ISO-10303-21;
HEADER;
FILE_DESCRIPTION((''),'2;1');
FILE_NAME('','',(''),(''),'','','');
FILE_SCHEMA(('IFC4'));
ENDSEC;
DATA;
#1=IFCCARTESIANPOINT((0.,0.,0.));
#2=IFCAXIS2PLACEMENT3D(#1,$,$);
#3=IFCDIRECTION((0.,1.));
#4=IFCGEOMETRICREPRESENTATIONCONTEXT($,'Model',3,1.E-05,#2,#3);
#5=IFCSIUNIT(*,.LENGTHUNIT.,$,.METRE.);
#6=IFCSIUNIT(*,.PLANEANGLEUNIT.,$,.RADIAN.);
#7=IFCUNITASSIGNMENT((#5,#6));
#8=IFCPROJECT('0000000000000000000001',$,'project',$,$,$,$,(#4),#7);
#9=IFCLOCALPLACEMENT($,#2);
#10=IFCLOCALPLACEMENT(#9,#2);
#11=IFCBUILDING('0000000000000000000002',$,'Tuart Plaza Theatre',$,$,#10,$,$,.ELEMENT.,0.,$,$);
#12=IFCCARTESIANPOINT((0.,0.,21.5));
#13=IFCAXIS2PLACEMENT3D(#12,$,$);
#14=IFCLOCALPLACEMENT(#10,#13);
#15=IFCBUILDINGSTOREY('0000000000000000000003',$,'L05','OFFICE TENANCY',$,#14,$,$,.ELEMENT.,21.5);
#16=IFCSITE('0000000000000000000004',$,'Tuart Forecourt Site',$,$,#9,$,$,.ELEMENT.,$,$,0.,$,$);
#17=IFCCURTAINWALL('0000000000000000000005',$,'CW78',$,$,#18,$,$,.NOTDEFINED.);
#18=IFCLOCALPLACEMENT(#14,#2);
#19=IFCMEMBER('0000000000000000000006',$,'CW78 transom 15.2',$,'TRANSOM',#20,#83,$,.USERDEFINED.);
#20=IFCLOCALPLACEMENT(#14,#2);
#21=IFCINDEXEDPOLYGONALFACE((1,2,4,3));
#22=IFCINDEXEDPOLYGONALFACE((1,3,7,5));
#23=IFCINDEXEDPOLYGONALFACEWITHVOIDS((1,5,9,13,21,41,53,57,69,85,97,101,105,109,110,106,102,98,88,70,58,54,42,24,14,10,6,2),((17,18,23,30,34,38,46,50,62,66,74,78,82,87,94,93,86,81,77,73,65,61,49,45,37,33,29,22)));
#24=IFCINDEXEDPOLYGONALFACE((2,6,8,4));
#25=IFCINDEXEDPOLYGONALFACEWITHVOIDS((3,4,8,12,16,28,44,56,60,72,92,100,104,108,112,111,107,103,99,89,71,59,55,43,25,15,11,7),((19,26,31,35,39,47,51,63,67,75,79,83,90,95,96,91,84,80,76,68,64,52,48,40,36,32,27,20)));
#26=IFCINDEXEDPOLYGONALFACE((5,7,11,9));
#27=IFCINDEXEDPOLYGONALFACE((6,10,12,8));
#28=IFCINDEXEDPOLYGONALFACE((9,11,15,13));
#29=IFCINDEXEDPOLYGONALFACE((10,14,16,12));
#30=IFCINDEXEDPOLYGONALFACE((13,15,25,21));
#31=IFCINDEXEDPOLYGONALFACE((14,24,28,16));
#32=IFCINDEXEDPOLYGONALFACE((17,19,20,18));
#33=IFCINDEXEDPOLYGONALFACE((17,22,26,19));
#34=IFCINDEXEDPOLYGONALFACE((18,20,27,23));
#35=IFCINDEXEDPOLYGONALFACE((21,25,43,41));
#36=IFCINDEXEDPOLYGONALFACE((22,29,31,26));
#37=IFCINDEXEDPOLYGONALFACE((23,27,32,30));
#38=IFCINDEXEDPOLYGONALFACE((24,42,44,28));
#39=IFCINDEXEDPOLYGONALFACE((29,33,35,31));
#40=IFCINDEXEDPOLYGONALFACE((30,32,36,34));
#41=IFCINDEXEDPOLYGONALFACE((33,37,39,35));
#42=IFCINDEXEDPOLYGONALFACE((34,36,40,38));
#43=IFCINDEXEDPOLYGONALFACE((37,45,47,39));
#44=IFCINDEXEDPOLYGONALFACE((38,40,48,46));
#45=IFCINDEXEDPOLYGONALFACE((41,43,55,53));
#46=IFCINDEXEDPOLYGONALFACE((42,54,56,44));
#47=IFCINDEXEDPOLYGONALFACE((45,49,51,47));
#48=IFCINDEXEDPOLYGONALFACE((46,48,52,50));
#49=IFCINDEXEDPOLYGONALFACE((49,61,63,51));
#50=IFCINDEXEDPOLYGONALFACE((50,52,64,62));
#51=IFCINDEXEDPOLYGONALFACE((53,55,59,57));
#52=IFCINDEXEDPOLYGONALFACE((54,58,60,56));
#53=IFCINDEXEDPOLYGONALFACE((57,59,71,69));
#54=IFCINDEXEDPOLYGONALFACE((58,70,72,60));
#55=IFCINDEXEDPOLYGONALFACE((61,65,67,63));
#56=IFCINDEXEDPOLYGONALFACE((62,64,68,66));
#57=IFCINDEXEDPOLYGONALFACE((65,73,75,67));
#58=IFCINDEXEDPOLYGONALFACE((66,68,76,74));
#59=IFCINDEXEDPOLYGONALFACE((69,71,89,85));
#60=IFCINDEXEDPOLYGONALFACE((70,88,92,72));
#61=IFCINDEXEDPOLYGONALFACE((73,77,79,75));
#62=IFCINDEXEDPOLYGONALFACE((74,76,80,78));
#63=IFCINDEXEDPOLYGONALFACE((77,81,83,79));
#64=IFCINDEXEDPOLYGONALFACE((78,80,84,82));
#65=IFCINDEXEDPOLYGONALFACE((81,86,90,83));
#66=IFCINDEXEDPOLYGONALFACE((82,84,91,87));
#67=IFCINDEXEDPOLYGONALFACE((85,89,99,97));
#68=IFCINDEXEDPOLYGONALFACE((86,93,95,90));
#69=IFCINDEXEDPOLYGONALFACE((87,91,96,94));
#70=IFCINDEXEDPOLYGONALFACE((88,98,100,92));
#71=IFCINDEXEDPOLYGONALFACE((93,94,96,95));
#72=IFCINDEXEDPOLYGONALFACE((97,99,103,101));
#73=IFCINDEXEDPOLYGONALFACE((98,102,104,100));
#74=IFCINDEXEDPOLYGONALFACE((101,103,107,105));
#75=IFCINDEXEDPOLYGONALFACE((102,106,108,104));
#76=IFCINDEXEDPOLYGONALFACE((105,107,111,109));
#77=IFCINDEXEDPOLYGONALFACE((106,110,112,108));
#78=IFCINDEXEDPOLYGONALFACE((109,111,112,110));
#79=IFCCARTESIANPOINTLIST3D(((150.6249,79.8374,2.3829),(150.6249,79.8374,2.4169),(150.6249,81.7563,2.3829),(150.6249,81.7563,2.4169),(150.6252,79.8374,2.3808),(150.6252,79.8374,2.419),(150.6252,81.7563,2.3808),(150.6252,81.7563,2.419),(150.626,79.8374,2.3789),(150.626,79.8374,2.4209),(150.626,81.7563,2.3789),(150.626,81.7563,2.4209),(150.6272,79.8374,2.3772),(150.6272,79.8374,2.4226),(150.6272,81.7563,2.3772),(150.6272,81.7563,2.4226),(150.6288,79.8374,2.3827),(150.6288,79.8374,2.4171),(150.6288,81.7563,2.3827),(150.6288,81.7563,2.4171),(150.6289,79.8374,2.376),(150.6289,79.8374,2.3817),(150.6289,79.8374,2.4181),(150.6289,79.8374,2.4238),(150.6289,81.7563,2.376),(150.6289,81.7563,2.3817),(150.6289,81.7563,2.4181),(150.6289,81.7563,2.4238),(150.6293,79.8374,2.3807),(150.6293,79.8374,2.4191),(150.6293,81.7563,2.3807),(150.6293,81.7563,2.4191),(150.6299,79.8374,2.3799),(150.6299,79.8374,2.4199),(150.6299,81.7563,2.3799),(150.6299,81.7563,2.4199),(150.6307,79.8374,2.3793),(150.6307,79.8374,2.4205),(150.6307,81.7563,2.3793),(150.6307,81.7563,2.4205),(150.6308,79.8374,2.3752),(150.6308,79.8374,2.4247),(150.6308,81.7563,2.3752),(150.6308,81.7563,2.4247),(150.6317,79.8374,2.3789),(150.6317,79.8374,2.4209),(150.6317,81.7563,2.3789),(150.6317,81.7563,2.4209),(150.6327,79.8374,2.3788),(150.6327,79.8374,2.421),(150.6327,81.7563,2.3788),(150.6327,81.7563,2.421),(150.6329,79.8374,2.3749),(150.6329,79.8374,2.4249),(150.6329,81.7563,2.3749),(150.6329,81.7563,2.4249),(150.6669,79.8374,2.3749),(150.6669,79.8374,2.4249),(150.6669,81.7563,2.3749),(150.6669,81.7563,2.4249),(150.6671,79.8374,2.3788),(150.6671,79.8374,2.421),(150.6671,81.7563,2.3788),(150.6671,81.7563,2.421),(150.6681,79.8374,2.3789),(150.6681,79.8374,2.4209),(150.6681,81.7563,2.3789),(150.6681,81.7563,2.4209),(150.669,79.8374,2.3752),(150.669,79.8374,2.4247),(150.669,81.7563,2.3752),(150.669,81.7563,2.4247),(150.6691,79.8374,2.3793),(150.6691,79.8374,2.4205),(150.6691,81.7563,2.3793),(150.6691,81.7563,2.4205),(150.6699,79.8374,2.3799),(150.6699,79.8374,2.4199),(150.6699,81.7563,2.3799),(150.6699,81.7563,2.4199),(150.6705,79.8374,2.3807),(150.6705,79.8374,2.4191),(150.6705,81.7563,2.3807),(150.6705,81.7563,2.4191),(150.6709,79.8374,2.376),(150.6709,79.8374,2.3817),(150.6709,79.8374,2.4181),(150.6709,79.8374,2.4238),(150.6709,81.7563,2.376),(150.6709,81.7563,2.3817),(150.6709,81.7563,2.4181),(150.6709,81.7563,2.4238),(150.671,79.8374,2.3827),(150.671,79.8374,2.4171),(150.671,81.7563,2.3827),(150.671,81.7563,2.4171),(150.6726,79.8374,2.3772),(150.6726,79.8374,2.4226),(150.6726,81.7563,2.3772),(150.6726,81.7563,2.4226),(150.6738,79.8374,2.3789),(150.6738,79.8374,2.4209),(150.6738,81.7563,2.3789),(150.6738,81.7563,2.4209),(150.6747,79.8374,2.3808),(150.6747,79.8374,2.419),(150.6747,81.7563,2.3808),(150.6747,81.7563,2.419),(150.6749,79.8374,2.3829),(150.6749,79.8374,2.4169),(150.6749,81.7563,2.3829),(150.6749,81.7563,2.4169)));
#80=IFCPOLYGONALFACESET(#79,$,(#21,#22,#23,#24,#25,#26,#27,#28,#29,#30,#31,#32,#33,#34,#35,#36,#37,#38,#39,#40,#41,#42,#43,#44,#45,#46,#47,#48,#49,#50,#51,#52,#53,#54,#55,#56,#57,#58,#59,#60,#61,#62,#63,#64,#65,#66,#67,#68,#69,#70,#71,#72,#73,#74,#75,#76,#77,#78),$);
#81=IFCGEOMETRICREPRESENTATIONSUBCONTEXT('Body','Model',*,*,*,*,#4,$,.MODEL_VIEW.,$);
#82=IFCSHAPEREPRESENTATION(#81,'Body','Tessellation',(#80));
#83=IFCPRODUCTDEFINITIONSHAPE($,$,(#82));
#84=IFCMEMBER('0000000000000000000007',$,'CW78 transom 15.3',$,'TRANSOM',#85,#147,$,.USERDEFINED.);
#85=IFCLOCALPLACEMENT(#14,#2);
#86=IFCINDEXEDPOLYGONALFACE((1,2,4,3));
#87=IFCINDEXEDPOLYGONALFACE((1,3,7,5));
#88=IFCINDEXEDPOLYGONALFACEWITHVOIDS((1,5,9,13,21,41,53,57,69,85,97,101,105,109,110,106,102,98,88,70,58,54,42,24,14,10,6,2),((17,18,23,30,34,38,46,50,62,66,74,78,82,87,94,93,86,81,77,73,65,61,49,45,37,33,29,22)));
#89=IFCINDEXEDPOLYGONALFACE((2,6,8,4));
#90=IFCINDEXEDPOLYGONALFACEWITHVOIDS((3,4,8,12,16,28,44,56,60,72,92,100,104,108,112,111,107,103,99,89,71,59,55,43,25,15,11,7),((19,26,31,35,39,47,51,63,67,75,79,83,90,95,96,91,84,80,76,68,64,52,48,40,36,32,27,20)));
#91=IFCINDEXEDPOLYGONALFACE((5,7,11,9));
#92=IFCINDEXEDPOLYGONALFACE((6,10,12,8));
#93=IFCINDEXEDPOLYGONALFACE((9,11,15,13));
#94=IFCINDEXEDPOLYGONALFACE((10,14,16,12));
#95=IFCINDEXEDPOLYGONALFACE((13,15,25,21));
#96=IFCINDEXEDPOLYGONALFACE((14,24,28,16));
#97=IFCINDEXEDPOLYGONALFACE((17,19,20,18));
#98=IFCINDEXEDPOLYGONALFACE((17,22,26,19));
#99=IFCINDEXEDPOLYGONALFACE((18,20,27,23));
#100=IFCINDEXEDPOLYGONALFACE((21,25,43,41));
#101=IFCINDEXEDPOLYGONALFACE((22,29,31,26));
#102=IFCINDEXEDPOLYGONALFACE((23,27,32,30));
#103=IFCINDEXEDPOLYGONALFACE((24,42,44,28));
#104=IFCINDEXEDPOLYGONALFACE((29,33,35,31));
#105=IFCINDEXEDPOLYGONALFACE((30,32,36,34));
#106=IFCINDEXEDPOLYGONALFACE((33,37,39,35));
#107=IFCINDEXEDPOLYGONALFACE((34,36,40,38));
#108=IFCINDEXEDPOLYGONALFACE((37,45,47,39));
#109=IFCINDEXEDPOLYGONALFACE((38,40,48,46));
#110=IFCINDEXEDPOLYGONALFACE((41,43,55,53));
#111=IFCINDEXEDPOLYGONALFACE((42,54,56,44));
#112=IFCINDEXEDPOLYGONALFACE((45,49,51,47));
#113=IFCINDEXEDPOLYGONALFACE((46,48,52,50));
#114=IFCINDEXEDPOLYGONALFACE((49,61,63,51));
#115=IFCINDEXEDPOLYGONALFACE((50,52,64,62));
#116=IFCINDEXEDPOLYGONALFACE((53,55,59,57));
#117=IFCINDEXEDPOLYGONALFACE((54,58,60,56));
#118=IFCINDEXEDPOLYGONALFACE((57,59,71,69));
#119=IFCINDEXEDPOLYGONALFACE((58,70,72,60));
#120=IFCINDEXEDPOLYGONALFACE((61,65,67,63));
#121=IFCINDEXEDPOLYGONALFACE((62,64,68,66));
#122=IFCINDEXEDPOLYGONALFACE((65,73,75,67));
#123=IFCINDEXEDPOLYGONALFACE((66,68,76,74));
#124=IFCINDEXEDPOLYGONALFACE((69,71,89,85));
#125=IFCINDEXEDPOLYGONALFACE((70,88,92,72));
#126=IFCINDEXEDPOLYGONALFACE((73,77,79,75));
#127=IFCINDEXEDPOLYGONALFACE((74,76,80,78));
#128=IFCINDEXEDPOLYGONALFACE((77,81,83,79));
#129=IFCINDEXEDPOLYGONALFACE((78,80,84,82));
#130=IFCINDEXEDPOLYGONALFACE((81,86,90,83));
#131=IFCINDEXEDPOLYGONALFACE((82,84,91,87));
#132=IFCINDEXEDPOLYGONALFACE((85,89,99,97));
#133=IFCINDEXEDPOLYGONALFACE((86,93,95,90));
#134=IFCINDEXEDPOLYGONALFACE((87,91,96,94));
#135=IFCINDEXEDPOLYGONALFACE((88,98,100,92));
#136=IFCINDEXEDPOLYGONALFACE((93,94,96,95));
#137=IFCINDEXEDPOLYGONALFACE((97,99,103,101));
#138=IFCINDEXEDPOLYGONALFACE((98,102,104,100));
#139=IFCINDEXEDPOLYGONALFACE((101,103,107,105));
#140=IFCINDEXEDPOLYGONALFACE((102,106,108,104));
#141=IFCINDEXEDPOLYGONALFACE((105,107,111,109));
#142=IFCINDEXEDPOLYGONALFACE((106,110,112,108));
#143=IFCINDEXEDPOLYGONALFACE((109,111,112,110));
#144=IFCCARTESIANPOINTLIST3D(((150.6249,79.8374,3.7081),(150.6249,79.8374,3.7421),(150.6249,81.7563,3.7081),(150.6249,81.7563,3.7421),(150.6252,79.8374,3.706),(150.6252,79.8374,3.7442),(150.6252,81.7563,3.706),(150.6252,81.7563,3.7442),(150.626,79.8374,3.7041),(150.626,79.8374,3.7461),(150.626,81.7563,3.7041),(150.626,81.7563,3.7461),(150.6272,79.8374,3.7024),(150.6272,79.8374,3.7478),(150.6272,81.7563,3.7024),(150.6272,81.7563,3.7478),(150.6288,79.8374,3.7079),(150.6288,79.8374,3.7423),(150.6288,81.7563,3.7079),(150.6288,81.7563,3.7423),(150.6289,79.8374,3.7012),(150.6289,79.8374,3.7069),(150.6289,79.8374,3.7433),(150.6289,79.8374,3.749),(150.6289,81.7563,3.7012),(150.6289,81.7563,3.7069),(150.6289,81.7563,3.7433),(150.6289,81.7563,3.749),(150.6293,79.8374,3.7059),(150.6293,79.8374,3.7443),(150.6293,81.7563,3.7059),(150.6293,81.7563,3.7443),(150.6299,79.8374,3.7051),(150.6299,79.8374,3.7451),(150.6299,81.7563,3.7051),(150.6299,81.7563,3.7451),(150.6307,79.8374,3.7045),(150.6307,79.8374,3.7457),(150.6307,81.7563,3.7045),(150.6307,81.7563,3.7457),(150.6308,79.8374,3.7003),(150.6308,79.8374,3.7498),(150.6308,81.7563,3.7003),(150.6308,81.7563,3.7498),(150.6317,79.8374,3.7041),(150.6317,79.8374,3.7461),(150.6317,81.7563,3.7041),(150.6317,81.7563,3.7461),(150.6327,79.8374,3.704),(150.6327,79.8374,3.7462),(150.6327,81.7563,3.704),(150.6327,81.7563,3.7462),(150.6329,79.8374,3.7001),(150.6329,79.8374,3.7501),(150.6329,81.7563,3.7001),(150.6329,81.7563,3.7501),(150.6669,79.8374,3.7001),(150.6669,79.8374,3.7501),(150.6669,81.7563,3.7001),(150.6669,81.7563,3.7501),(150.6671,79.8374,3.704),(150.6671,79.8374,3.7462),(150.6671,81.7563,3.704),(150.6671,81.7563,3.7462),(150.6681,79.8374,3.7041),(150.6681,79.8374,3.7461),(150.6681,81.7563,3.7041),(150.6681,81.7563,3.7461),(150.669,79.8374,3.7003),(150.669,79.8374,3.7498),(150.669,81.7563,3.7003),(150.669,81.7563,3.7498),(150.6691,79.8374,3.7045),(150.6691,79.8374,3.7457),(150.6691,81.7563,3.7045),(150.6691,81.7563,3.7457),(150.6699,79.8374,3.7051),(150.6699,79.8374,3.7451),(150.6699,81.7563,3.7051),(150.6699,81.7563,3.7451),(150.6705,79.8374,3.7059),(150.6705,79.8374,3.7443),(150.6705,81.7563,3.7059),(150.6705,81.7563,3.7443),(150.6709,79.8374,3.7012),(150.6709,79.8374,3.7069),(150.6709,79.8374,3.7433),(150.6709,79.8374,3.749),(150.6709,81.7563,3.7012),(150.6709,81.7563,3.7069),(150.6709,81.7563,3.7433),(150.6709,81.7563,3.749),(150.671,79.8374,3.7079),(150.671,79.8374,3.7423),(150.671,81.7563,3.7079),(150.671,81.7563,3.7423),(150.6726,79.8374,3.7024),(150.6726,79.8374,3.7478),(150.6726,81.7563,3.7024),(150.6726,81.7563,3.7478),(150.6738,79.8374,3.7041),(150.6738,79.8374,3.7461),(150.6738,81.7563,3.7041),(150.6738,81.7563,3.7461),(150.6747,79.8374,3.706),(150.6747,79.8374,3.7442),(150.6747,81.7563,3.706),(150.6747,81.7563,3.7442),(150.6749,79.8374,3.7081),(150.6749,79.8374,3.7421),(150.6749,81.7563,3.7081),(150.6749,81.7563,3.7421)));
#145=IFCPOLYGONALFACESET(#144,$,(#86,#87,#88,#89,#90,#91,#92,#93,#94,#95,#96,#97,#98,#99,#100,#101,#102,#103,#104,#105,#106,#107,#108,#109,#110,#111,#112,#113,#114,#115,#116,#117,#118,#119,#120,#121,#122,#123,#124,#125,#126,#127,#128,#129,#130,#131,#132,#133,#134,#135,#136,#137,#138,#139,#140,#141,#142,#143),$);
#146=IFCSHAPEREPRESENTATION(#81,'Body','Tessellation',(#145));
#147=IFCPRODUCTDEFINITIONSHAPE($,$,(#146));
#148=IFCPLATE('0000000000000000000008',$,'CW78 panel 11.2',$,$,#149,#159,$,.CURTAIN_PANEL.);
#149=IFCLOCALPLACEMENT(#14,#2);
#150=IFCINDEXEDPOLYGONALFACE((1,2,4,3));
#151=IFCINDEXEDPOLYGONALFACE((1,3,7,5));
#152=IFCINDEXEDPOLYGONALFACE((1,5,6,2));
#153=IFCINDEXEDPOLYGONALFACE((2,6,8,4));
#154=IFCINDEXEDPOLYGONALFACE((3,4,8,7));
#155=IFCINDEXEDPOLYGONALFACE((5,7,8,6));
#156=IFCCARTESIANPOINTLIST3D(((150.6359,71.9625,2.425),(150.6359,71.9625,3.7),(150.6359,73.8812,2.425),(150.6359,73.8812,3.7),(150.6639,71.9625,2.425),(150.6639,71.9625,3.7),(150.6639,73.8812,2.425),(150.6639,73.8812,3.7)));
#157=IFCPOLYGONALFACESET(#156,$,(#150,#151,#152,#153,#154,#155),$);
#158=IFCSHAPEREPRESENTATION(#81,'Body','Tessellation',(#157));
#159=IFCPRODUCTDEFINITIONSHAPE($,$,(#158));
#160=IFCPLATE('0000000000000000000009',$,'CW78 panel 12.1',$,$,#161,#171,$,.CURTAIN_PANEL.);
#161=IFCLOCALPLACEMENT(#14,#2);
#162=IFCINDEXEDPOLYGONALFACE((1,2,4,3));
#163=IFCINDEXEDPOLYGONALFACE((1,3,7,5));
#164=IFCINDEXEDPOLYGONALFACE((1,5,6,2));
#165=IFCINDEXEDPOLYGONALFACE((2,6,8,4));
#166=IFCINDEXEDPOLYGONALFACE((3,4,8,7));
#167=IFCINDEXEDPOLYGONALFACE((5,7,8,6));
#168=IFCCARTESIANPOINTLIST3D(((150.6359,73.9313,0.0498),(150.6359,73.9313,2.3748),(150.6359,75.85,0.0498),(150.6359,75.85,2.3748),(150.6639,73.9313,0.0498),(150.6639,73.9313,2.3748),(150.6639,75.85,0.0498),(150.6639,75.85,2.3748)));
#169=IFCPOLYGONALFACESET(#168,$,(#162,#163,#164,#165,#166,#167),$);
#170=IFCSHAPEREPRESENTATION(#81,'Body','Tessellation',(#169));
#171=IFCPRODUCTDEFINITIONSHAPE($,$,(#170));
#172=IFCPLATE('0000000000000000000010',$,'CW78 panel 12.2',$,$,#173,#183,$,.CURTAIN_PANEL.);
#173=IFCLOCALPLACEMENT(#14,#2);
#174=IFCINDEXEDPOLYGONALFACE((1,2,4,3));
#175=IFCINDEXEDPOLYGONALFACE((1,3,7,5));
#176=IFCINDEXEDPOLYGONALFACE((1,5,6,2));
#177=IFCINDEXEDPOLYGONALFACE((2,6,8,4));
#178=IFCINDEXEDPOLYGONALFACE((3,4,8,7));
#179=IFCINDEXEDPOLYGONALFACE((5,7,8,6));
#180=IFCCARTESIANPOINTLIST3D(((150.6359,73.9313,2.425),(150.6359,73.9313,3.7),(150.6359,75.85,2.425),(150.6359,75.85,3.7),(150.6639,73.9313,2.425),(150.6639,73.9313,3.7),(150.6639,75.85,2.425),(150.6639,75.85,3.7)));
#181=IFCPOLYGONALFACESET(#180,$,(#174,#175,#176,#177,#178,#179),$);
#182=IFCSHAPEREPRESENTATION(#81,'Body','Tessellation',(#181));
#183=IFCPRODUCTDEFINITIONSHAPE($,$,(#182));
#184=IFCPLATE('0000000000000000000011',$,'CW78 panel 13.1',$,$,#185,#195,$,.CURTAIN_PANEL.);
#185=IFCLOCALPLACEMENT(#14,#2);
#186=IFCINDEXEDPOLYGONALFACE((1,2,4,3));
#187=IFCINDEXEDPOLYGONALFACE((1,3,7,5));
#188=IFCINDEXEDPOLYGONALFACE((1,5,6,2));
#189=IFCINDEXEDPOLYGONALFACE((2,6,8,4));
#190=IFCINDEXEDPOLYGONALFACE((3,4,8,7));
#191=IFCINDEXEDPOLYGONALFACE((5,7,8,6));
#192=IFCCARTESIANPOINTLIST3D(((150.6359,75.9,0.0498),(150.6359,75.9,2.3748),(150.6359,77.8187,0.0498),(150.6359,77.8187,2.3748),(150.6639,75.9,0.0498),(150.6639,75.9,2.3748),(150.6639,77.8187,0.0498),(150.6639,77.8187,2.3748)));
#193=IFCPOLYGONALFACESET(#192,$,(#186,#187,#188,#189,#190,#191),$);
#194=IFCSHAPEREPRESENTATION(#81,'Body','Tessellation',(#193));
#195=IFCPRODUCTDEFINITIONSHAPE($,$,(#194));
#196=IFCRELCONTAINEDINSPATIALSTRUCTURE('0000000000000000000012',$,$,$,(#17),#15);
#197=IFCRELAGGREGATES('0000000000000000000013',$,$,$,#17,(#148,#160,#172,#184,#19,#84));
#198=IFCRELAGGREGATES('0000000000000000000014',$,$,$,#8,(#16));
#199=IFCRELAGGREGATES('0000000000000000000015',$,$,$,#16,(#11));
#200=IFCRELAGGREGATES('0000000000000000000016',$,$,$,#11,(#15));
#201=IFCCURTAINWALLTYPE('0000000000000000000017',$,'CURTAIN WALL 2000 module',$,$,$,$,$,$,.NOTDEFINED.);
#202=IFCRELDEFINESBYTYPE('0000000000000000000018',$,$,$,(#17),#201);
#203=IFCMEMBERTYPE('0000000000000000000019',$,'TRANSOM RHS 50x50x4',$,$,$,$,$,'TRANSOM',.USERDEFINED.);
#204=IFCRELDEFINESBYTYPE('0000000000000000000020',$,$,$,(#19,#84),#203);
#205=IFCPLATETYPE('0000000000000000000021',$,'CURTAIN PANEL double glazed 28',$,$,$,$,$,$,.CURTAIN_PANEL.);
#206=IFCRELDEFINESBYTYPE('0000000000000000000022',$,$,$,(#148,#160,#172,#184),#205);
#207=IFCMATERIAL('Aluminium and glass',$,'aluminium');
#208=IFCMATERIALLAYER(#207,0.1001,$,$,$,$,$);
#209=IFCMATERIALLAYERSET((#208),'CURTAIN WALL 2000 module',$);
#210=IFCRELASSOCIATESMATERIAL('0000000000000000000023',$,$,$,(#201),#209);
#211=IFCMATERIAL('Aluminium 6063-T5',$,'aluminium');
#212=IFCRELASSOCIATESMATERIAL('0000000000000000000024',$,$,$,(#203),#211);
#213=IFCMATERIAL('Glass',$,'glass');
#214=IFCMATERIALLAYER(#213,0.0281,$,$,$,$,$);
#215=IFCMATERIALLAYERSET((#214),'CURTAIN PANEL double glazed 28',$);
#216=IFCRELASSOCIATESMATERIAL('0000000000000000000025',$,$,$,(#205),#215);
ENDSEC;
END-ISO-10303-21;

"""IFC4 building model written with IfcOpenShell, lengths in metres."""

from ifc_helpers import new_model, si_unit, direction, frame, origin, origin_2d, place, context, subcontext, project, spatial, rectangle, hollow_rectangle, extrude, material, layer, layer_set, material_profile, profile_set, type_object, element, aggregate, save


model = new_model("IFC4")

# Units and contexts
model_context = context("Model", 3, precision=1e-05, world=origin(), true_north=direction((0.0, 1.0)))
body_context = subcontext(model_context, "Body", "Model", "MODEL_VIEW")
ifc_project = project(units=[si_unit("LENGTHUNIT", "METRE"), si_unit("PLANEANGLEUNIT", "RADIAN")], contexts=[model_context])

# Site, building, storey
site_placement = place(None, origin())
site = spatial("IfcSite", under=ifc_project, at=site_placement, Name="Tuart Forecourt Site", CompositionType="ELEMENT", RefElevation=0.0)
building_placement = place(site_placement, origin())
building = spatial("IfcBuilding", under=site, at=building_placement, Name="Tuart Plaza Theatre", CompositionType="ELEMENT", ElevationOfRefHeight=0.0)
storey_placement = place(building_placement, frame((0.0, 0.0, 21.5)))
storey = spatial("IfcBuildingStorey", under=building, at=storey_placement, Name="L05", Description="OFFICE TENANCY", CompositionType="ELEMENT", Elevation=21.5)

# Curtain wall, members, plates
ifc_material_1 = material(Name="Aluminium and glass", Category="aluminium")
ifc_layer_1 = layer(ifc_material_1, 0.1001)
ifc_layer_set_1 = layer_set([ifc_layer_1], Name="CURTAIN WALL 2000 module")
curtain_wall_type = type_object("IfcCurtainWallType", Name="CURTAIN WALL 2000 module", PredefinedType="NOTDEFINED", material=ifc_layer_set_1)
curtain_wall_placement = place(storey_placement, origin())
curtain_wall = element("IfcCurtainWall", 1, at=curtain_wall_placement, inside=storey, type_object=curtain_wall_type, Name="CW78", PredefinedType="NOTDEFINED")
ifc_material_2 = material(Name="Aluminium 6063-T5", Category="aluminium")
ifc_material_profile_1 = material_profile(ifc_material_2, hollow_rectangle(XDim=0.05, YDim=0.05, WallThickness=0.0039, InnerFilletRadius=0.0039, OuterFilletRadius=0.0081, at=origin_2d()), Name="RHS 50x50x4")
ifc_profile_set_1 = profile_set([ifc_material_profile_1], Name="Aluminium 6063-T5")
member_type_1 = type_object("IfcMemberType", Name="TRANSOM RHS 50x50x4", ElementType="TRANSOM", PredefinedType="USERDEFINED", material=ifc_profile_set_1)
member_1_placement = place(storey_placement, frame((150.6499, 79.8374, 2.3999), z_axis=(0.0, 1.0, 0.0), x_axis=(-1.0, 0.0, 0.0)))
member_1 = element("IfcMember", 2, at=member_1_placement, type_object=member_type_1, Name="CW78 transom 15.2", ObjectType="TRANSOM", PredefinedType="USERDEFINED", context=body_context, shape_type="SweptSolid", body=[
    extrude(hollow_rectangle(XDim=0.05, YDim=0.05, WallThickness=0.0039, InnerFilletRadius=0.0039, OuterFilletRadius=0.0081, at=origin_2d()), origin(), (0.0, 0.0, 1.0), 1.9189),
])
member_2_placement = place(storey_placement, frame((150.6499, 79.8374, 3.7251), z_axis=(0.0, 1.0, 0.0), x_axis=(-1.0, 0.0, 0.0)))
member_2 = element("IfcMember", 3, at=member_2_placement, type_object=member_type_1, Name="CW78 transom 15.3", ObjectType="TRANSOM", PredefinedType="USERDEFINED", context=body_context, shape_type="SweptSolid", body=[
    extrude(hollow_rectangle(XDim=0.05, YDim=0.05, WallThickness=0.0039, InnerFilletRadius=0.0039, OuterFilletRadius=0.0081, at=origin_2d()), origin(), (0.0, 0.0, 1.0), 1.9189),
])
ifc_material_3 = material(Name="Glass", Category="glass")
ifc_layer_2 = layer(ifc_material_3, 0.0281)
ifc_layer_set_2 = layer_set([ifc_layer_2], Name="CURTAIN PANEL double glazed 28")
plate_type = type_object("IfcPlateType", Name="CURTAIN PANEL double glazed 28", PredefinedType="CURTAIN_PANEL", material=ifc_layer_set_2)
plate_1_placement = place(storey_placement, frame((150.6499, 72.9219, 2.425), z_axis=(0.0, 0.0, 1.0), x_axis=(0.0, 1.0, 0.0)))
plate_1 = element("IfcPlate", 4, at=plate_1_placement, type_object=plate_type, Name="CW78 panel 11.2", PredefinedType="CURTAIN_PANEL", context=body_context, shape_type="SweptSolid", body=[
    extrude(rectangle(XDim=1.9187, YDim=0.0281, at=origin_2d()), origin(), (0.0, 0.0, 1.0), 1.2749),
])
plate_2_placement = place(storey_placement, frame((150.6499, 74.8906, 0.0498), z_axis=(0.0, 0.0, 1.0), x_axis=(0.0, 1.0, 0.0)))
plate_2 = element("IfcPlate", 5, at=plate_2_placement, type_object=plate_type, Name="CW78 panel 12.1", PredefinedType="CURTAIN_PANEL", context=body_context, shape_type="SweptSolid", body=[
    extrude(rectangle(XDim=1.9187, YDim=0.0281, at=origin_2d()), origin(), (0.0, 0.0, 1.0), 2.325),
])
plate_3_placement = place(storey_placement, frame((150.6499, 74.8906, 2.425), z_axis=(0.0, 0.0, 1.0), x_axis=(0.0, 1.0, 0.0)))
plate_3 = element("IfcPlate", 6, at=plate_3_placement, type_object=plate_type, Name="CW78 panel 12.2", PredefinedType="CURTAIN_PANEL", context=body_context, shape_type="SweptSolid", body=[
    extrude(rectangle(XDim=1.9187, YDim=0.0281, at=origin_2d()), origin(), (0.0, 0.0, 1.0), 1.2749),
])
plate_4_placement = place(storey_placement, frame((150.6499, 76.8594, 0.0498), z_axis=(0.0, 0.0, 1.0), x_axis=(0.0, 1.0, 0.0)))
plate_4 = element("IfcPlate", 7, at=plate_4_placement, type_object=plate_type, Name="CW78 panel 13.1", PredefinedType="CURTAIN_PANEL", context=body_context, shape_type="SweptSolid", body=[
    extrude(rectangle(XDim=1.9187, YDim=0.0281, at=origin_2d()), origin(), (0.0, 0.0, 1.0), 2.325),
])
aggregate(curtain_wall, [plate_1, plate_2, plate_3, plate_4, member_1, member_2])

save(model, "model.ifc")
